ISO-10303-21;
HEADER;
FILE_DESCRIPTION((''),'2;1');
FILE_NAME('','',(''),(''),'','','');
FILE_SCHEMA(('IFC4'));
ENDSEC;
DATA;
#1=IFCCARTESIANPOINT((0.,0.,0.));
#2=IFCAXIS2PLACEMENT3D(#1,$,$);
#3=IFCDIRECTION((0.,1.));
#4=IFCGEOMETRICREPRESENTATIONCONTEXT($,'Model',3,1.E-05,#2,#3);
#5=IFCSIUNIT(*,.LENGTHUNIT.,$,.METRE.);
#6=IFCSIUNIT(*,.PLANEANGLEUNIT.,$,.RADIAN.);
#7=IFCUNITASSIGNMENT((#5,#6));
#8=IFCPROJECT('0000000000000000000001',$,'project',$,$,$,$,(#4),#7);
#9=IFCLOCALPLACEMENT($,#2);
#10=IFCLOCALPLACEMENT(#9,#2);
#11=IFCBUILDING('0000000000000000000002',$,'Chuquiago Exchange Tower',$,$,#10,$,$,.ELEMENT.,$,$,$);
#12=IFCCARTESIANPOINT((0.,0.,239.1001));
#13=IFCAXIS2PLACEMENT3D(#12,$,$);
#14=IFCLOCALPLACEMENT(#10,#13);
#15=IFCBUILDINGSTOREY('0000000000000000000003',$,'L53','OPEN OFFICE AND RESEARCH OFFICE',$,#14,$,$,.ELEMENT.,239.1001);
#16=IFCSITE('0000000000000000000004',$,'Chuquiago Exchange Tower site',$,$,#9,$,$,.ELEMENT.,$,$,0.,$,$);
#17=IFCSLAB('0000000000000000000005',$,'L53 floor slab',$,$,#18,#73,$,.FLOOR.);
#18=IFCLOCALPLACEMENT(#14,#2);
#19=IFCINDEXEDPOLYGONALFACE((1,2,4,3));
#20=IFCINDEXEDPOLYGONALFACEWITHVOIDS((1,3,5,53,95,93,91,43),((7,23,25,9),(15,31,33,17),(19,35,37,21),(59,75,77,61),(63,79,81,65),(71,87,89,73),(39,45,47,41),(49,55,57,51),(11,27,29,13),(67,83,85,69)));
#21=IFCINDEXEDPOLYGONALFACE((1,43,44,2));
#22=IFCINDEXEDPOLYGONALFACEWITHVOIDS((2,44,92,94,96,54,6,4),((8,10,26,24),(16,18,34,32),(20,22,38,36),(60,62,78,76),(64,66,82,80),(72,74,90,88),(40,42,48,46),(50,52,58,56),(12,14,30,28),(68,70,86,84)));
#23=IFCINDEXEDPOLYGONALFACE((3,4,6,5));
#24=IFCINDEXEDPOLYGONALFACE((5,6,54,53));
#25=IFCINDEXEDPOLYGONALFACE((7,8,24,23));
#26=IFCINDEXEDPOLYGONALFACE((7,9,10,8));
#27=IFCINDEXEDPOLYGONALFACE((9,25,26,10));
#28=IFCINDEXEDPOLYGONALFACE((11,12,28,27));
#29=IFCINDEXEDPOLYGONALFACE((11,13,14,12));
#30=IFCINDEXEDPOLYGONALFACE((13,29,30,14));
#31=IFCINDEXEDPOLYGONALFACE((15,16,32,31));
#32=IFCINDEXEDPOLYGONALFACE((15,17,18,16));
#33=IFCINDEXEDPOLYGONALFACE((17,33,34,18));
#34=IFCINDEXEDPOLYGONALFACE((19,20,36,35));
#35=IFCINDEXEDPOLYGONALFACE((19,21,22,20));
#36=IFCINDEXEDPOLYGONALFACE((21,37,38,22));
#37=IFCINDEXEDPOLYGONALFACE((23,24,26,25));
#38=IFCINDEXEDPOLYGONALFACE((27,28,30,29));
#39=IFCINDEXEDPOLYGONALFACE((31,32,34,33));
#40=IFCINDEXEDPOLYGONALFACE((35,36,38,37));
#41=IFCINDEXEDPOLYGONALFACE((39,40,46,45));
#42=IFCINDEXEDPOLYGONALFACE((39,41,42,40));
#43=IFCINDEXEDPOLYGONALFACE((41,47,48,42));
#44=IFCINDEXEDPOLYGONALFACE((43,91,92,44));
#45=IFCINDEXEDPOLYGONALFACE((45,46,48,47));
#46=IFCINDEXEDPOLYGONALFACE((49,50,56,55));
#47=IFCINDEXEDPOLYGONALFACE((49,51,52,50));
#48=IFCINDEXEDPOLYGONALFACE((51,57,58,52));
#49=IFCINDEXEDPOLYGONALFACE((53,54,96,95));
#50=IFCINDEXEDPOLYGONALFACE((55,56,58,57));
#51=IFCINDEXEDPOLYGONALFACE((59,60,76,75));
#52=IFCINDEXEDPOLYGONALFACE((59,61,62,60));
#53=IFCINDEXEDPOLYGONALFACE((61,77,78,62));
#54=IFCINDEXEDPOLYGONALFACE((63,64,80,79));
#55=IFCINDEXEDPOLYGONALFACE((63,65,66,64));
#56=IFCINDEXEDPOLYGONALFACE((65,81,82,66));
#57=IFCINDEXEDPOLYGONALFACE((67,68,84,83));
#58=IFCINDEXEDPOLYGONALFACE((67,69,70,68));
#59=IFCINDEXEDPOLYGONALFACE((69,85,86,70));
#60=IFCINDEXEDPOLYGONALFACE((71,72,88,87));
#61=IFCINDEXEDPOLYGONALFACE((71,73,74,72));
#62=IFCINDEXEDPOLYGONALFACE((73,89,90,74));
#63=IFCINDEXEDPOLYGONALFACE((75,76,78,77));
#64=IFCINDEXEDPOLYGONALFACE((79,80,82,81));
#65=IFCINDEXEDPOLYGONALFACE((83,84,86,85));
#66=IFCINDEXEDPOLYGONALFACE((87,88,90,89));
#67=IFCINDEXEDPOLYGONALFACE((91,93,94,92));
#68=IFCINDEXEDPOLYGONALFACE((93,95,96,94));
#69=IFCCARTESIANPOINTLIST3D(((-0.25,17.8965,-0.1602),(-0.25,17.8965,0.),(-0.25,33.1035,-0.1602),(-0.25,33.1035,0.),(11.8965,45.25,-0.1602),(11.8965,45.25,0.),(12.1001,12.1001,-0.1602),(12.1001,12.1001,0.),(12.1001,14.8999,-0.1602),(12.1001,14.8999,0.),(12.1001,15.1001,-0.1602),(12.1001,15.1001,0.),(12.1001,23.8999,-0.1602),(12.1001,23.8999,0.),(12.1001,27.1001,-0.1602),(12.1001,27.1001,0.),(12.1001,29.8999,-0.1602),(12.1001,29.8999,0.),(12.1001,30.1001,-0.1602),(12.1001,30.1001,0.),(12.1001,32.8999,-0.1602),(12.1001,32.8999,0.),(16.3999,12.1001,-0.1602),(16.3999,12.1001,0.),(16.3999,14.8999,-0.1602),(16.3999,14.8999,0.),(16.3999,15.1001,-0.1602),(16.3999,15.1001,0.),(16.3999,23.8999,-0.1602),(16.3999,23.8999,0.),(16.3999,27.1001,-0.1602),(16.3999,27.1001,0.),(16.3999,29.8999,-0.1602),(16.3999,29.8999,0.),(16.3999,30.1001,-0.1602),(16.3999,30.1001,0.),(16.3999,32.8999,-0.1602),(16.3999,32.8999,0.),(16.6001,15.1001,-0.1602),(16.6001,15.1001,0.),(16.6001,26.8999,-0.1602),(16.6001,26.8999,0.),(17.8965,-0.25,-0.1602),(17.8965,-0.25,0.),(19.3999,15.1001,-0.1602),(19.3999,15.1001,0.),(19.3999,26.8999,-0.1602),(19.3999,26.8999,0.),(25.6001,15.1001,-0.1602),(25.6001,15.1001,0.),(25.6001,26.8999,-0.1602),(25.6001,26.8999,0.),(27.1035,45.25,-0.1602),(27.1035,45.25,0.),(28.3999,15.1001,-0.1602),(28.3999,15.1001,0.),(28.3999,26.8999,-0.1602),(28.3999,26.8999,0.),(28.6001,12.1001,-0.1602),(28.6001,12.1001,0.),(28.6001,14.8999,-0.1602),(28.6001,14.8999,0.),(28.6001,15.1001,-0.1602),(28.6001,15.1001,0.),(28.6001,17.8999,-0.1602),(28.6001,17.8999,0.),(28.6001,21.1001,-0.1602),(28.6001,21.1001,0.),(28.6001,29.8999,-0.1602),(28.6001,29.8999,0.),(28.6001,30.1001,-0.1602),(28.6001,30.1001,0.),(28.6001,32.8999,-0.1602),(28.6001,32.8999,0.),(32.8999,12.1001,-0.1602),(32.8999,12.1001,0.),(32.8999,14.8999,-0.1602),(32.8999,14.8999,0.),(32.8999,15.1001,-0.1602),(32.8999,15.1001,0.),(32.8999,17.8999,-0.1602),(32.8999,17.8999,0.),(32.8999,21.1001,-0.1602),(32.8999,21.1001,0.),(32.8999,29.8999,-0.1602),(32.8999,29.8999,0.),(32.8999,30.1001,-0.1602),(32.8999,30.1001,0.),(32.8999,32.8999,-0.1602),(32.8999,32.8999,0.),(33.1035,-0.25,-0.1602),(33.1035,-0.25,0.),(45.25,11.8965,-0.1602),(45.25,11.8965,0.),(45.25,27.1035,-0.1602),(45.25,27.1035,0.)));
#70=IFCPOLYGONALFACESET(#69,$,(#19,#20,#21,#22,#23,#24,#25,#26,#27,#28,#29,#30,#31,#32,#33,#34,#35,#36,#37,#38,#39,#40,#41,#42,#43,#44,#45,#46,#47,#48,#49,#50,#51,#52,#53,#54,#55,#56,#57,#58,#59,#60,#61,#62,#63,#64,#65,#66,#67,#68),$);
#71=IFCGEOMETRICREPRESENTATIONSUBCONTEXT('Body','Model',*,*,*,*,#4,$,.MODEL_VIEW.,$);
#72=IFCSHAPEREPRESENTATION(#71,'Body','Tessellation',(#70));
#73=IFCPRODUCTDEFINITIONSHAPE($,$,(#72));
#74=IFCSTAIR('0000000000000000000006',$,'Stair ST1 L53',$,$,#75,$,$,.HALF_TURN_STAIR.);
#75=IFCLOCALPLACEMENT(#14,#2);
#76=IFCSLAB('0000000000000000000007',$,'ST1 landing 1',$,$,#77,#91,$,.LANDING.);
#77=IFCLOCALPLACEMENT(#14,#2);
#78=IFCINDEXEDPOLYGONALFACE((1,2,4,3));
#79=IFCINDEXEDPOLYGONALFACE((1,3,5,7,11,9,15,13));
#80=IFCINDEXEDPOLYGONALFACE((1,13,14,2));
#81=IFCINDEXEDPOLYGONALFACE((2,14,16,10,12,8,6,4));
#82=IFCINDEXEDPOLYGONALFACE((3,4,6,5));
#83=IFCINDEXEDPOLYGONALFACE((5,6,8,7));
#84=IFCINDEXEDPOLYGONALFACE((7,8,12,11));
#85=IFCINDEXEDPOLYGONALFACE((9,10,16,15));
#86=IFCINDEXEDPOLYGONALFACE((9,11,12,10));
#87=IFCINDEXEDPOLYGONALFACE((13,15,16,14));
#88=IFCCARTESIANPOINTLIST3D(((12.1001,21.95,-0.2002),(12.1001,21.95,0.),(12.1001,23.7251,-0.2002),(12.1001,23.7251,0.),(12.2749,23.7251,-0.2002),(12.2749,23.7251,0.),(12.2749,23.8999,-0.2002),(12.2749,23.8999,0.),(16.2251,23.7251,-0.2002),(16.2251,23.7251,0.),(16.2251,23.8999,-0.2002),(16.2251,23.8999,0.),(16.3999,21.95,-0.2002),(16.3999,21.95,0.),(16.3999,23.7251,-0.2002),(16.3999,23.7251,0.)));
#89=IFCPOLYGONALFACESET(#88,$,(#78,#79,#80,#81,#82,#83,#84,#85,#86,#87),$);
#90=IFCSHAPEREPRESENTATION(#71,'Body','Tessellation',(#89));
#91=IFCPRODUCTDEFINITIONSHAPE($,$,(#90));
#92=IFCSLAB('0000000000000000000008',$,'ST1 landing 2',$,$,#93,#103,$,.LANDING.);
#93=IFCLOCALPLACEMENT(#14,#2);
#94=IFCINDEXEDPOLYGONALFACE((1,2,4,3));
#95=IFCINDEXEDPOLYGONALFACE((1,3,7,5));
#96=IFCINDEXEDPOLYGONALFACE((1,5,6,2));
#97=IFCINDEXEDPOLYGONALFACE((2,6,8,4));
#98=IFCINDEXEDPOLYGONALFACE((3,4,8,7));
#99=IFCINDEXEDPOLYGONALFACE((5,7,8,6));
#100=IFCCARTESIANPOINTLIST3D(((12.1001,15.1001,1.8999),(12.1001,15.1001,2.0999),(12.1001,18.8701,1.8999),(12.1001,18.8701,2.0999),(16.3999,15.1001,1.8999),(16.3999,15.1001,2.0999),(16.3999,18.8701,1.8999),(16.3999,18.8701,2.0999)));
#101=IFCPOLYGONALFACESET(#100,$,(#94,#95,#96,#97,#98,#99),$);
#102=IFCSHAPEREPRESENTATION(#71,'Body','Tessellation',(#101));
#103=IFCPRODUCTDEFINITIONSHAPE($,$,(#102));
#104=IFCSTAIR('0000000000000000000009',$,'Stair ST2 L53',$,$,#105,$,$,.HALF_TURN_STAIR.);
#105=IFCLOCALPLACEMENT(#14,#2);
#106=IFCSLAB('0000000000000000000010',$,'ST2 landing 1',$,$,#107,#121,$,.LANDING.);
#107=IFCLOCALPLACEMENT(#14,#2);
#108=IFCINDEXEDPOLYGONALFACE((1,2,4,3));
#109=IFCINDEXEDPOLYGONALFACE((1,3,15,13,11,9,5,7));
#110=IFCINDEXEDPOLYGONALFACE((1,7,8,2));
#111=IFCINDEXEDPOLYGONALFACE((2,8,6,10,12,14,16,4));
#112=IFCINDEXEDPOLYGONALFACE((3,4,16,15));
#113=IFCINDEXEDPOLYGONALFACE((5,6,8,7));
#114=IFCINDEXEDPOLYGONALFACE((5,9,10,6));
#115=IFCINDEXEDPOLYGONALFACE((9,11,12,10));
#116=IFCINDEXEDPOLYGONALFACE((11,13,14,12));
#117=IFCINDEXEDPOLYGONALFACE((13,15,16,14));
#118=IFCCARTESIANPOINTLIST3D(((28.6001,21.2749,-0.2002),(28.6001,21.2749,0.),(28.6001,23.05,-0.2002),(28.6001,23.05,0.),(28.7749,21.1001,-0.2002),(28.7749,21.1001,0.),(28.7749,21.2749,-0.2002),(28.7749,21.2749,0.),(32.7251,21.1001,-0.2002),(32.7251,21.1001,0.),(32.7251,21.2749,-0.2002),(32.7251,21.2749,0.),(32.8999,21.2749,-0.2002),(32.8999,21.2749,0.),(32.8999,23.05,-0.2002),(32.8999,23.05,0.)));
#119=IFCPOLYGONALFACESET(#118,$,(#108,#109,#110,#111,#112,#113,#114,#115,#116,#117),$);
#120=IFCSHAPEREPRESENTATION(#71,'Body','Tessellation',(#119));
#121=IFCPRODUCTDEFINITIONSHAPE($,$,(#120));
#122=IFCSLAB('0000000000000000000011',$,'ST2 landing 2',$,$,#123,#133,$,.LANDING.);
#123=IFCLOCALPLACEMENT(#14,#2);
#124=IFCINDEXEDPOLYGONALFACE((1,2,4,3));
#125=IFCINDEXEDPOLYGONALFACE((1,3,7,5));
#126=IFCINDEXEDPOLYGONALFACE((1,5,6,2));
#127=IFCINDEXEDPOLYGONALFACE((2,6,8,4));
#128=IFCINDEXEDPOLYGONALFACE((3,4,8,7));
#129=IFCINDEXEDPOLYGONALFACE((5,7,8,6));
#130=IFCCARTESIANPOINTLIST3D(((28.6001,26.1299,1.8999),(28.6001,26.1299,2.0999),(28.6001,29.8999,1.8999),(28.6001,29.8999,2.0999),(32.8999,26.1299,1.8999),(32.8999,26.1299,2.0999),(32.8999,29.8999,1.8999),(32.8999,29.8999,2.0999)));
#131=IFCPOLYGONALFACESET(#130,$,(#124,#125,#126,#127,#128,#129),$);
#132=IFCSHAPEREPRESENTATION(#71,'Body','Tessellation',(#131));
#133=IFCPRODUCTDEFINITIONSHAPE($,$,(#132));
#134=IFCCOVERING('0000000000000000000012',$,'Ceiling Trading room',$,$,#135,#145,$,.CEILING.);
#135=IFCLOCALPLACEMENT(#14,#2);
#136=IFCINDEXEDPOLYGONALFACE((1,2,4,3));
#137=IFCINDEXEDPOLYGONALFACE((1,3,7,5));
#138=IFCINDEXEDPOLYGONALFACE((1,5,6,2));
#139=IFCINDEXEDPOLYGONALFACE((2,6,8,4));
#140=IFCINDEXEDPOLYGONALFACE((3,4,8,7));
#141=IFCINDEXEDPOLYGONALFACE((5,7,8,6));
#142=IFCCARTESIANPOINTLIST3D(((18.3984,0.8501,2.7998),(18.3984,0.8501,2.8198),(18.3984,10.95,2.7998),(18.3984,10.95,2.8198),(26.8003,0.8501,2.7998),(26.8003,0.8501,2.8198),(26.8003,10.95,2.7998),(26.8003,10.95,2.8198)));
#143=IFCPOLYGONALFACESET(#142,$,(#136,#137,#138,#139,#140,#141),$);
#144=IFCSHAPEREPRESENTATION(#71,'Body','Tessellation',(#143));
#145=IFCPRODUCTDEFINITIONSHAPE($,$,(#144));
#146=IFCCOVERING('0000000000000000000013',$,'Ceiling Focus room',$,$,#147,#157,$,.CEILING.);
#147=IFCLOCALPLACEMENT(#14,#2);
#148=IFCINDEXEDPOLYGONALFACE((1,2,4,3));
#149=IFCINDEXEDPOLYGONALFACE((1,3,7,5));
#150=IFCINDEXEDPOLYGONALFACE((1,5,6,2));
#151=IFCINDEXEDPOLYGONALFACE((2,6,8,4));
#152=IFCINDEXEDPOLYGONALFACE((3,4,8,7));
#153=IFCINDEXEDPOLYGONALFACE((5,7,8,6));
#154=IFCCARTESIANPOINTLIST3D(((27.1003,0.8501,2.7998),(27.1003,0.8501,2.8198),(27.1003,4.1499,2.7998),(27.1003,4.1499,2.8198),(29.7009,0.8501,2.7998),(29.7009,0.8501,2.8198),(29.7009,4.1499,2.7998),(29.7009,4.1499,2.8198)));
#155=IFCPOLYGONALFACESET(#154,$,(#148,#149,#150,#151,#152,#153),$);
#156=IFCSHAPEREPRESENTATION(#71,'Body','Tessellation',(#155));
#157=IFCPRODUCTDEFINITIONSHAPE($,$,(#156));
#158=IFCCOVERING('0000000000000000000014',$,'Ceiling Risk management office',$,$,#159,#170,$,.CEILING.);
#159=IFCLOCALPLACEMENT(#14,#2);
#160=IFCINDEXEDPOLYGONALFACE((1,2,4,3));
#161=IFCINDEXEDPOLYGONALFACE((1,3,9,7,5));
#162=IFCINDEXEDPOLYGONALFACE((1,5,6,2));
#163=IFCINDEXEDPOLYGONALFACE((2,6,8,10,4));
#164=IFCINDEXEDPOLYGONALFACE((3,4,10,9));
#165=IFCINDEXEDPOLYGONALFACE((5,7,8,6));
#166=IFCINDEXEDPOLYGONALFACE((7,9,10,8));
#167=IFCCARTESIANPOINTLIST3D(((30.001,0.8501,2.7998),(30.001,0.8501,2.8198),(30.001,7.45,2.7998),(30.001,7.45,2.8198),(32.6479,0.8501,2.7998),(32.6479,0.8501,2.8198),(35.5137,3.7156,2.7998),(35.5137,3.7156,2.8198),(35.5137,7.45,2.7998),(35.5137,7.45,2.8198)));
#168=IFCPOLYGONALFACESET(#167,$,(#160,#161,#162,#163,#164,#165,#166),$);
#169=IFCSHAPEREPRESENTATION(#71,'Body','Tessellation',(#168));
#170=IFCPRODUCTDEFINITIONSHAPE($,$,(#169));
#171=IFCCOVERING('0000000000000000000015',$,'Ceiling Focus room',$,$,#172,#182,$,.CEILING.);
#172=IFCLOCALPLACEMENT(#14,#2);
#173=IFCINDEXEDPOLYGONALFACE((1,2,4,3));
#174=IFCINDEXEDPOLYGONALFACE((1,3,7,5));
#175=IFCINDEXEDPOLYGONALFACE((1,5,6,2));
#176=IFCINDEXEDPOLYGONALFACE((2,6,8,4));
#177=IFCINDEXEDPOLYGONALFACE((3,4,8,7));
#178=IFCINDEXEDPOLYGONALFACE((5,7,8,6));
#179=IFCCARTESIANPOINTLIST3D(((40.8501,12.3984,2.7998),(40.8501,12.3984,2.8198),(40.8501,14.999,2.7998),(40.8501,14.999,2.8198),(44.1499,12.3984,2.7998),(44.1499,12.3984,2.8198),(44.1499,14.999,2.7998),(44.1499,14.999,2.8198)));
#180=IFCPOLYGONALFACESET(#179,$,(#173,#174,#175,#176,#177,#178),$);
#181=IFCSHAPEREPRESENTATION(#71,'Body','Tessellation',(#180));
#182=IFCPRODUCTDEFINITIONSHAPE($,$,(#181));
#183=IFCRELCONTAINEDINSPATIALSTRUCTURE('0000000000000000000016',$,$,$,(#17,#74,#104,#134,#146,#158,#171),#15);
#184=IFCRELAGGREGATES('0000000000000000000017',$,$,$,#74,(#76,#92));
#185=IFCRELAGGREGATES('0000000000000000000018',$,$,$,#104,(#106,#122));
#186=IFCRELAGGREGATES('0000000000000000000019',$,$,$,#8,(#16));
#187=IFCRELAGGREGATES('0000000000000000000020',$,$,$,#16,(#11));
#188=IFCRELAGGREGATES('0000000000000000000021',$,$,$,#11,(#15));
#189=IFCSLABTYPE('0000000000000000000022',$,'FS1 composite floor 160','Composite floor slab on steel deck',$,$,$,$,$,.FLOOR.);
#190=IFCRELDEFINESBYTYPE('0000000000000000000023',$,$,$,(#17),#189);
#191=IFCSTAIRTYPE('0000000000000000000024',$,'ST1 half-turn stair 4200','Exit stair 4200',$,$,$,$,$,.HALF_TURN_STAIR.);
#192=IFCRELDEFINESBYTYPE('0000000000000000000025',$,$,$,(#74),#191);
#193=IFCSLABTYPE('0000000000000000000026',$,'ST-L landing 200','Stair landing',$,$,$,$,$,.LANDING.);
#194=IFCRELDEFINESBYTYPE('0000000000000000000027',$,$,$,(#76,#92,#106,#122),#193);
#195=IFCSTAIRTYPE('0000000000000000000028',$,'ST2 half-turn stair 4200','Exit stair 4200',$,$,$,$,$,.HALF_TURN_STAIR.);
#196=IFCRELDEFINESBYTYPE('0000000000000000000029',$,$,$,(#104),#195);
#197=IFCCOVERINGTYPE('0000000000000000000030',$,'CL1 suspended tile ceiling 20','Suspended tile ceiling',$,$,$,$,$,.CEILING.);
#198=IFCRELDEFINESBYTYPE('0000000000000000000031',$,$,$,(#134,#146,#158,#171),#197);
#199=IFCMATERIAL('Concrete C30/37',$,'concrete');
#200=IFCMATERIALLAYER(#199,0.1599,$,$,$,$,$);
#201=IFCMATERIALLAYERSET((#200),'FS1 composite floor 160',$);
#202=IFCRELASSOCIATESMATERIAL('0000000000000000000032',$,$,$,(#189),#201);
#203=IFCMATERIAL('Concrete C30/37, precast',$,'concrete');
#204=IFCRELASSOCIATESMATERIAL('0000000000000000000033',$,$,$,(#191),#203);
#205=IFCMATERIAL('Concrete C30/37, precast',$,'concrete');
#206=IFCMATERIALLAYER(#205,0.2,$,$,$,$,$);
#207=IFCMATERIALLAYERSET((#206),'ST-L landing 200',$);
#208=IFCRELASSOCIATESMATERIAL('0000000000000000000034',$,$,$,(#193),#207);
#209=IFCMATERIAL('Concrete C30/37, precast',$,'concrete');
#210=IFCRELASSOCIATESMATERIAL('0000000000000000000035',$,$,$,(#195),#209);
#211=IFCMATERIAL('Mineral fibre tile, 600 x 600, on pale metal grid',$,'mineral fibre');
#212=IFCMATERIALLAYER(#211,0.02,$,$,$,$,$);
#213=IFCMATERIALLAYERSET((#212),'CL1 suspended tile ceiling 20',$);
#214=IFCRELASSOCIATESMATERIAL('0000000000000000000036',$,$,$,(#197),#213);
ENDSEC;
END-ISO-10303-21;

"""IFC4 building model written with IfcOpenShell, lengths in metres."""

from ifc_helpers import new_model, si_unit, direction, frame, origin, place, context, subcontext, project, spatial, polyline, outline, extrude, material, layer, layer_set, type_object, element, aggregate, save


model = new_model("IFC4")

# Units and contexts
model_context = context("Model", 3, precision=1e-05, world=origin(), true_north=direction((0.0, 1.0)))
body_context = subcontext(model_context, "Body", "Model", "MODEL_VIEW")
ifc_project = project(units=[si_unit("LENGTHUNIT", "METRE"), si_unit("PLANEANGLEUNIT", "RADIAN")], contexts=[model_context])

# Site, building, storey
site_placement = place(None, origin())
site = spatial("IfcSite", under=ifc_project, at=site_placement, Name="Chuquiago Exchange Tower site", CompositionType="ELEMENT", RefElevation=0.0)
building_placement = place(site_placement, origin())
building = spatial("IfcBuilding", under=site, at=building_placement, Name="Chuquiago Exchange Tower", CompositionType="ELEMENT")
storey_placement = place(building_placement, frame((0.0, 0.0, 239.1001)))
storey = spatial("IfcBuildingStorey", under=building, at=storey_placement, Name="L53", Description="OPEN OFFICE AND RESEARCH OFFICE", CompositionType="ELEMENT", Elevation=239.1001)

# Slab
ifc_material_1 = material(Name="Concrete C30/37", Category="concrete")
ifc_layer_1 = layer(ifc_material_1, 0.1599)
ifc_layer_set_1 = layer_set([ifc_layer_1], Name="FS1 composite floor 160")
slab_type_1 = type_object("IfcSlabType", Name="FS1 composite floor 160", Description="Composite floor slab on steel deck", PredefinedType="FLOOR", material=ifc_layer_set_1)
slab_1_placement = place(storey_placement, frame((0.0, 0.0, -0.1602)))
element("IfcSlab", 1, at=slab_1_placement, inside=storey, type_object=slab_type_1, Name="L53 floor slab", PredefinedType="FLOOR", context=body_context, shape_type="SweptSolid", body=[
    extrude(outline(polyline([(17.8965, -0.25), (-0.25, 17.8965), (-0.25, 33.1035), (11.8965, 45.25), (27.1035, 45.25), (45.25, 27.1035), (45.25, 11.8965), (33.1035, -0.25), (17.8965, -0.25)]), holes=[polyline([(16.3999, 15.1001), (12.1001, 15.1001), (12.1001, 23.8999), (16.3999, 23.8999), (16.3999, 15.1001)]), polyline([(32.8999, 21.1001), (28.6001, 21.1001), (28.6001, 29.8999), (32.8999, 29.8999), (32.8999, 21.1001)]), polyline([(16.3999, 12.1001), (12.1001, 12.1001), (12.1001, 14.8999), (16.3999, 14.8999), (16.3999, 12.1001)]), polyline([(16.3999, 30.1001), (12.1001, 30.1001), (12.1001, 32.8999), (16.3999, 32.8999), (16.3999, 30.1001)]), polyline([(32.8999, 12.1001), (28.6001, 12.1001), (28.6001, 14.8999), (32.8999, 14.8999), (32.8999, 12.1001)]), polyline([(32.8999, 30.1001), (28.6001, 30.1001), (28.6001, 32.8999), (32.8999, 32.8999), (32.8999, 30.1001)]), polyline([(16.3999, 27.1001), (12.1001, 27.1001), (12.1001, 29.8999), (16.3999, 29.8999), (16.3999, 27.1001)]), polyline([(32.8999, 15.1001), (28.6001, 15.1001), (28.6001, 17.8999), (32.8999, 17.8999), (32.8999, 15.1001)]), polyline([(19.3999, 15.1001), (16.6001, 15.1001), (16.6001, 26.8999), (19.3999, 26.8999), (19.3999, 15.1001)]), polyline([(28.3999, 15.1001), (25.6001, 15.1001), (25.6001, 26.8999), (28.3999, 26.8999), (28.3999, 15.1001)])]), origin(), (0.0, 0.0, 1.0), 0.1602),
])

# Stairs, slabs
ifc_material_2 = material(Name="Concrete C30/37, precast", Category="concrete")
stair_type_1 = type_object("IfcStairType", Name="ST1 half-turn stair 4200", Description="Exit stair 4200", PredefinedType="HALF_TURN_STAIR", material=ifc_material_2)
stair_1_placement = place(storey_placement, origin())
stair_1 = element("IfcStair", 2, at=stair_1_placement, inside=storey, type_object=stair_type_1, Name="Stair ST1 L53", PredefinedType="HALF_TURN_STAIR")
ifc_material_3 = material(Name="Concrete C30/37, precast", Category="concrete")
ifc_layer_2 = layer(ifc_material_3, 0.2)
ifc_layer_set_2 = layer_set([ifc_layer_2], Name="ST-L landing 200")
slab_type_2 = type_object("IfcSlabType", Name="ST-L landing 200", Description="Stair landing", PredefinedType="LANDING", material=ifc_layer_set_2)
slab_2_placement = place(storey_placement, frame((0.0, 0.0, -0.2002)))
slab_2 = element("IfcSlab", 3, at=slab_2_placement, type_object=slab_type_2, Name="ST1 landing 1", PredefinedType="LANDING", context=body_context, shape_type="SweptSolid", body=[
    extrude(outline(polyline([(12.2749, 23.8999), (16.2251, 23.8999), (16.2251, 23.7251), (16.3999, 23.7251), (16.3999, 21.95), (12.1001, 21.95), (12.1001, 23.7251), (12.2749, 23.7251), (12.2749, 23.8999)])), origin(), (0.0, 0.0, 1.0), 0.2002),
])
slab_3_placement = place(storey_placement, frame((0.0, 0.0, 1.8999)))
slab_3 = element("IfcSlab", 4, at=slab_3_placement, type_object=slab_type_2, Name="ST1 landing 2", PredefinedType="LANDING", context=body_context, shape_type="SweptSolid", body=[
    extrude(outline(polyline([(12.1001, 18.8701), (16.3999, 18.8701), (16.3999, 15.1001), (12.1001, 15.1001), (12.1001, 18.8701)])), origin(), (0.0, 0.0, 1.0), 0.2),
])
aggregate(stair_1, [slab_2, slab_3])
ifc_material_4 = material(Name="Concrete C30/37, precast", Category="concrete")
stair_type_2 = type_object("IfcStairType", Name="ST2 half-turn stair 4200", Description="Exit stair 4200", PredefinedType="HALF_TURN_STAIR", material=ifc_material_4)
stair_2_placement = place(storey_placement, origin())
stair_2 = element("IfcStair", 5, at=stair_2_placement, inside=storey, type_object=stair_type_2, Name="Stair ST2 L53", PredefinedType="HALF_TURN_STAIR")
slab_4_placement = place(storey_placement, frame((0.0, 0.0, -0.2002)))
slab_4 = element("IfcSlab", 6, at=slab_4_placement, type_object=slab_type_2, Name="ST2 landing 1", PredefinedType="LANDING", context=body_context, shape_type="SweptSolid", body=[
    extrude(outline(polyline([(32.7251, 21.2749), (32.7251, 21.1001), (28.7749, 21.1001), (28.7749, 21.2749), (28.6001, 21.2749), (28.6001, 23.05), (32.8999, 23.05), (32.8999, 21.2749), (32.7251, 21.2749)])), origin(), (0.0, 0.0, 1.0), 0.2002),
])
slab_5_placement = place(storey_placement, frame((0.0, 0.0, 1.8999)))
slab_5 = element("IfcSlab", 7, at=slab_5_placement, type_object=slab_type_2, Name="ST2 landing 2", PredefinedType="LANDING", context=body_context, shape_type="SweptSolid", body=[
    extrude(outline(polyline([(28.6001, 29.8999), (32.8999, 29.8999), (32.8999, 26.1299), (28.6001, 26.1299), (28.6001, 29.8999)])), origin(), (0.0, 0.0, 1.0), 0.2),
])
aggregate(stair_2, [slab_4, slab_5])

# Coverings
ifc_material_5 = material(Name="Mineral fibre tile, 600 x 600, on pale metal grid", Category="mineral fibre")
ifc_layer_3 = layer(ifc_material_5, 0.02)
ifc_layer_set_3 = layer_set([ifc_layer_3], Name="CL1 suspended tile ceiling 20")
covering_type_1 = type_object("IfcCoveringType", Name="CL1 suspended tile ceiling 20", Description="Suspended tile ceiling", PredefinedType="CEILING", material=ifc_layer_set_3)
covering_1_placement = place(storey_placement, frame((0.0, 0.0, 2.7998)))
element("IfcCovering", 8, at=covering_1_placement, inside=storey, type_object=covering_type_1, Name="Ceiling Trading room", PredefinedType="CEILING", context=body_context, shape_type="SweptSolid", body=[
    extrude(outline(polyline([(18.3984, 10.95), (26.8003, 10.95), (26.8003, 0.8501), (18.3984, 0.8501), (18.3984, 10.95)])), origin(), (0.0, 0.0, 1.0), 0.02),
])
covering_2_placement = place(storey_placement, frame((0.0, 0.0, 2.7998)))
element("IfcCovering", 9, at=covering_2_placement, inside=storey, type_object=covering_type_1, Name="Ceiling Focus room", PredefinedType="CEILING", context=body_context, shape_type="SweptSolid", body=[
    extrude(outline(polyline([(27.1003, 4.1499), (29.7009, 4.1499), (29.7009, 0.8501), (27.1003, 0.8501), (27.1003, 4.1499)])), origin(), (0.0, 0.0, 1.0), 0.02),
])
covering_3_placement = place(storey_placement, frame((0.0, 0.0, 2.7998)))
element("IfcCovering", 10, at=covering_3_placement, inside=storey, type_object=covering_type_1, Name="Ceiling Risk management office", PredefinedType="CEILING", context=body_context, shape_type="SweptSolid", body=[
    extrude(outline(polyline([(30.001, 0.8501), (30.001, 7.45), (35.5137, 7.45), (35.5137, 3.7156), (32.6479, 0.8501), (30.001, 0.8501)])), origin(), (0.0, 0.0, 1.0), 0.02),
])
covering_4_placement = place(storey_placement, frame((0.0, 0.0, 2.7998)))
element("IfcCovering", 11, at=covering_4_placement, inside=storey, type_object=covering_type_1, Name="Ceiling Focus room", PredefinedType="CEILING", context=body_context, shape_type="SweptSolid", body=[
    extrude(outline(polyline([(40.8501, 12.3984), (40.8501, 14.999), (44.1499, 14.999), (44.1499, 12.3984), (40.8501, 12.3984)])), origin(), (0.0, 0.0, 1.0), 0.02),
])

save(model, "model.ifc")
